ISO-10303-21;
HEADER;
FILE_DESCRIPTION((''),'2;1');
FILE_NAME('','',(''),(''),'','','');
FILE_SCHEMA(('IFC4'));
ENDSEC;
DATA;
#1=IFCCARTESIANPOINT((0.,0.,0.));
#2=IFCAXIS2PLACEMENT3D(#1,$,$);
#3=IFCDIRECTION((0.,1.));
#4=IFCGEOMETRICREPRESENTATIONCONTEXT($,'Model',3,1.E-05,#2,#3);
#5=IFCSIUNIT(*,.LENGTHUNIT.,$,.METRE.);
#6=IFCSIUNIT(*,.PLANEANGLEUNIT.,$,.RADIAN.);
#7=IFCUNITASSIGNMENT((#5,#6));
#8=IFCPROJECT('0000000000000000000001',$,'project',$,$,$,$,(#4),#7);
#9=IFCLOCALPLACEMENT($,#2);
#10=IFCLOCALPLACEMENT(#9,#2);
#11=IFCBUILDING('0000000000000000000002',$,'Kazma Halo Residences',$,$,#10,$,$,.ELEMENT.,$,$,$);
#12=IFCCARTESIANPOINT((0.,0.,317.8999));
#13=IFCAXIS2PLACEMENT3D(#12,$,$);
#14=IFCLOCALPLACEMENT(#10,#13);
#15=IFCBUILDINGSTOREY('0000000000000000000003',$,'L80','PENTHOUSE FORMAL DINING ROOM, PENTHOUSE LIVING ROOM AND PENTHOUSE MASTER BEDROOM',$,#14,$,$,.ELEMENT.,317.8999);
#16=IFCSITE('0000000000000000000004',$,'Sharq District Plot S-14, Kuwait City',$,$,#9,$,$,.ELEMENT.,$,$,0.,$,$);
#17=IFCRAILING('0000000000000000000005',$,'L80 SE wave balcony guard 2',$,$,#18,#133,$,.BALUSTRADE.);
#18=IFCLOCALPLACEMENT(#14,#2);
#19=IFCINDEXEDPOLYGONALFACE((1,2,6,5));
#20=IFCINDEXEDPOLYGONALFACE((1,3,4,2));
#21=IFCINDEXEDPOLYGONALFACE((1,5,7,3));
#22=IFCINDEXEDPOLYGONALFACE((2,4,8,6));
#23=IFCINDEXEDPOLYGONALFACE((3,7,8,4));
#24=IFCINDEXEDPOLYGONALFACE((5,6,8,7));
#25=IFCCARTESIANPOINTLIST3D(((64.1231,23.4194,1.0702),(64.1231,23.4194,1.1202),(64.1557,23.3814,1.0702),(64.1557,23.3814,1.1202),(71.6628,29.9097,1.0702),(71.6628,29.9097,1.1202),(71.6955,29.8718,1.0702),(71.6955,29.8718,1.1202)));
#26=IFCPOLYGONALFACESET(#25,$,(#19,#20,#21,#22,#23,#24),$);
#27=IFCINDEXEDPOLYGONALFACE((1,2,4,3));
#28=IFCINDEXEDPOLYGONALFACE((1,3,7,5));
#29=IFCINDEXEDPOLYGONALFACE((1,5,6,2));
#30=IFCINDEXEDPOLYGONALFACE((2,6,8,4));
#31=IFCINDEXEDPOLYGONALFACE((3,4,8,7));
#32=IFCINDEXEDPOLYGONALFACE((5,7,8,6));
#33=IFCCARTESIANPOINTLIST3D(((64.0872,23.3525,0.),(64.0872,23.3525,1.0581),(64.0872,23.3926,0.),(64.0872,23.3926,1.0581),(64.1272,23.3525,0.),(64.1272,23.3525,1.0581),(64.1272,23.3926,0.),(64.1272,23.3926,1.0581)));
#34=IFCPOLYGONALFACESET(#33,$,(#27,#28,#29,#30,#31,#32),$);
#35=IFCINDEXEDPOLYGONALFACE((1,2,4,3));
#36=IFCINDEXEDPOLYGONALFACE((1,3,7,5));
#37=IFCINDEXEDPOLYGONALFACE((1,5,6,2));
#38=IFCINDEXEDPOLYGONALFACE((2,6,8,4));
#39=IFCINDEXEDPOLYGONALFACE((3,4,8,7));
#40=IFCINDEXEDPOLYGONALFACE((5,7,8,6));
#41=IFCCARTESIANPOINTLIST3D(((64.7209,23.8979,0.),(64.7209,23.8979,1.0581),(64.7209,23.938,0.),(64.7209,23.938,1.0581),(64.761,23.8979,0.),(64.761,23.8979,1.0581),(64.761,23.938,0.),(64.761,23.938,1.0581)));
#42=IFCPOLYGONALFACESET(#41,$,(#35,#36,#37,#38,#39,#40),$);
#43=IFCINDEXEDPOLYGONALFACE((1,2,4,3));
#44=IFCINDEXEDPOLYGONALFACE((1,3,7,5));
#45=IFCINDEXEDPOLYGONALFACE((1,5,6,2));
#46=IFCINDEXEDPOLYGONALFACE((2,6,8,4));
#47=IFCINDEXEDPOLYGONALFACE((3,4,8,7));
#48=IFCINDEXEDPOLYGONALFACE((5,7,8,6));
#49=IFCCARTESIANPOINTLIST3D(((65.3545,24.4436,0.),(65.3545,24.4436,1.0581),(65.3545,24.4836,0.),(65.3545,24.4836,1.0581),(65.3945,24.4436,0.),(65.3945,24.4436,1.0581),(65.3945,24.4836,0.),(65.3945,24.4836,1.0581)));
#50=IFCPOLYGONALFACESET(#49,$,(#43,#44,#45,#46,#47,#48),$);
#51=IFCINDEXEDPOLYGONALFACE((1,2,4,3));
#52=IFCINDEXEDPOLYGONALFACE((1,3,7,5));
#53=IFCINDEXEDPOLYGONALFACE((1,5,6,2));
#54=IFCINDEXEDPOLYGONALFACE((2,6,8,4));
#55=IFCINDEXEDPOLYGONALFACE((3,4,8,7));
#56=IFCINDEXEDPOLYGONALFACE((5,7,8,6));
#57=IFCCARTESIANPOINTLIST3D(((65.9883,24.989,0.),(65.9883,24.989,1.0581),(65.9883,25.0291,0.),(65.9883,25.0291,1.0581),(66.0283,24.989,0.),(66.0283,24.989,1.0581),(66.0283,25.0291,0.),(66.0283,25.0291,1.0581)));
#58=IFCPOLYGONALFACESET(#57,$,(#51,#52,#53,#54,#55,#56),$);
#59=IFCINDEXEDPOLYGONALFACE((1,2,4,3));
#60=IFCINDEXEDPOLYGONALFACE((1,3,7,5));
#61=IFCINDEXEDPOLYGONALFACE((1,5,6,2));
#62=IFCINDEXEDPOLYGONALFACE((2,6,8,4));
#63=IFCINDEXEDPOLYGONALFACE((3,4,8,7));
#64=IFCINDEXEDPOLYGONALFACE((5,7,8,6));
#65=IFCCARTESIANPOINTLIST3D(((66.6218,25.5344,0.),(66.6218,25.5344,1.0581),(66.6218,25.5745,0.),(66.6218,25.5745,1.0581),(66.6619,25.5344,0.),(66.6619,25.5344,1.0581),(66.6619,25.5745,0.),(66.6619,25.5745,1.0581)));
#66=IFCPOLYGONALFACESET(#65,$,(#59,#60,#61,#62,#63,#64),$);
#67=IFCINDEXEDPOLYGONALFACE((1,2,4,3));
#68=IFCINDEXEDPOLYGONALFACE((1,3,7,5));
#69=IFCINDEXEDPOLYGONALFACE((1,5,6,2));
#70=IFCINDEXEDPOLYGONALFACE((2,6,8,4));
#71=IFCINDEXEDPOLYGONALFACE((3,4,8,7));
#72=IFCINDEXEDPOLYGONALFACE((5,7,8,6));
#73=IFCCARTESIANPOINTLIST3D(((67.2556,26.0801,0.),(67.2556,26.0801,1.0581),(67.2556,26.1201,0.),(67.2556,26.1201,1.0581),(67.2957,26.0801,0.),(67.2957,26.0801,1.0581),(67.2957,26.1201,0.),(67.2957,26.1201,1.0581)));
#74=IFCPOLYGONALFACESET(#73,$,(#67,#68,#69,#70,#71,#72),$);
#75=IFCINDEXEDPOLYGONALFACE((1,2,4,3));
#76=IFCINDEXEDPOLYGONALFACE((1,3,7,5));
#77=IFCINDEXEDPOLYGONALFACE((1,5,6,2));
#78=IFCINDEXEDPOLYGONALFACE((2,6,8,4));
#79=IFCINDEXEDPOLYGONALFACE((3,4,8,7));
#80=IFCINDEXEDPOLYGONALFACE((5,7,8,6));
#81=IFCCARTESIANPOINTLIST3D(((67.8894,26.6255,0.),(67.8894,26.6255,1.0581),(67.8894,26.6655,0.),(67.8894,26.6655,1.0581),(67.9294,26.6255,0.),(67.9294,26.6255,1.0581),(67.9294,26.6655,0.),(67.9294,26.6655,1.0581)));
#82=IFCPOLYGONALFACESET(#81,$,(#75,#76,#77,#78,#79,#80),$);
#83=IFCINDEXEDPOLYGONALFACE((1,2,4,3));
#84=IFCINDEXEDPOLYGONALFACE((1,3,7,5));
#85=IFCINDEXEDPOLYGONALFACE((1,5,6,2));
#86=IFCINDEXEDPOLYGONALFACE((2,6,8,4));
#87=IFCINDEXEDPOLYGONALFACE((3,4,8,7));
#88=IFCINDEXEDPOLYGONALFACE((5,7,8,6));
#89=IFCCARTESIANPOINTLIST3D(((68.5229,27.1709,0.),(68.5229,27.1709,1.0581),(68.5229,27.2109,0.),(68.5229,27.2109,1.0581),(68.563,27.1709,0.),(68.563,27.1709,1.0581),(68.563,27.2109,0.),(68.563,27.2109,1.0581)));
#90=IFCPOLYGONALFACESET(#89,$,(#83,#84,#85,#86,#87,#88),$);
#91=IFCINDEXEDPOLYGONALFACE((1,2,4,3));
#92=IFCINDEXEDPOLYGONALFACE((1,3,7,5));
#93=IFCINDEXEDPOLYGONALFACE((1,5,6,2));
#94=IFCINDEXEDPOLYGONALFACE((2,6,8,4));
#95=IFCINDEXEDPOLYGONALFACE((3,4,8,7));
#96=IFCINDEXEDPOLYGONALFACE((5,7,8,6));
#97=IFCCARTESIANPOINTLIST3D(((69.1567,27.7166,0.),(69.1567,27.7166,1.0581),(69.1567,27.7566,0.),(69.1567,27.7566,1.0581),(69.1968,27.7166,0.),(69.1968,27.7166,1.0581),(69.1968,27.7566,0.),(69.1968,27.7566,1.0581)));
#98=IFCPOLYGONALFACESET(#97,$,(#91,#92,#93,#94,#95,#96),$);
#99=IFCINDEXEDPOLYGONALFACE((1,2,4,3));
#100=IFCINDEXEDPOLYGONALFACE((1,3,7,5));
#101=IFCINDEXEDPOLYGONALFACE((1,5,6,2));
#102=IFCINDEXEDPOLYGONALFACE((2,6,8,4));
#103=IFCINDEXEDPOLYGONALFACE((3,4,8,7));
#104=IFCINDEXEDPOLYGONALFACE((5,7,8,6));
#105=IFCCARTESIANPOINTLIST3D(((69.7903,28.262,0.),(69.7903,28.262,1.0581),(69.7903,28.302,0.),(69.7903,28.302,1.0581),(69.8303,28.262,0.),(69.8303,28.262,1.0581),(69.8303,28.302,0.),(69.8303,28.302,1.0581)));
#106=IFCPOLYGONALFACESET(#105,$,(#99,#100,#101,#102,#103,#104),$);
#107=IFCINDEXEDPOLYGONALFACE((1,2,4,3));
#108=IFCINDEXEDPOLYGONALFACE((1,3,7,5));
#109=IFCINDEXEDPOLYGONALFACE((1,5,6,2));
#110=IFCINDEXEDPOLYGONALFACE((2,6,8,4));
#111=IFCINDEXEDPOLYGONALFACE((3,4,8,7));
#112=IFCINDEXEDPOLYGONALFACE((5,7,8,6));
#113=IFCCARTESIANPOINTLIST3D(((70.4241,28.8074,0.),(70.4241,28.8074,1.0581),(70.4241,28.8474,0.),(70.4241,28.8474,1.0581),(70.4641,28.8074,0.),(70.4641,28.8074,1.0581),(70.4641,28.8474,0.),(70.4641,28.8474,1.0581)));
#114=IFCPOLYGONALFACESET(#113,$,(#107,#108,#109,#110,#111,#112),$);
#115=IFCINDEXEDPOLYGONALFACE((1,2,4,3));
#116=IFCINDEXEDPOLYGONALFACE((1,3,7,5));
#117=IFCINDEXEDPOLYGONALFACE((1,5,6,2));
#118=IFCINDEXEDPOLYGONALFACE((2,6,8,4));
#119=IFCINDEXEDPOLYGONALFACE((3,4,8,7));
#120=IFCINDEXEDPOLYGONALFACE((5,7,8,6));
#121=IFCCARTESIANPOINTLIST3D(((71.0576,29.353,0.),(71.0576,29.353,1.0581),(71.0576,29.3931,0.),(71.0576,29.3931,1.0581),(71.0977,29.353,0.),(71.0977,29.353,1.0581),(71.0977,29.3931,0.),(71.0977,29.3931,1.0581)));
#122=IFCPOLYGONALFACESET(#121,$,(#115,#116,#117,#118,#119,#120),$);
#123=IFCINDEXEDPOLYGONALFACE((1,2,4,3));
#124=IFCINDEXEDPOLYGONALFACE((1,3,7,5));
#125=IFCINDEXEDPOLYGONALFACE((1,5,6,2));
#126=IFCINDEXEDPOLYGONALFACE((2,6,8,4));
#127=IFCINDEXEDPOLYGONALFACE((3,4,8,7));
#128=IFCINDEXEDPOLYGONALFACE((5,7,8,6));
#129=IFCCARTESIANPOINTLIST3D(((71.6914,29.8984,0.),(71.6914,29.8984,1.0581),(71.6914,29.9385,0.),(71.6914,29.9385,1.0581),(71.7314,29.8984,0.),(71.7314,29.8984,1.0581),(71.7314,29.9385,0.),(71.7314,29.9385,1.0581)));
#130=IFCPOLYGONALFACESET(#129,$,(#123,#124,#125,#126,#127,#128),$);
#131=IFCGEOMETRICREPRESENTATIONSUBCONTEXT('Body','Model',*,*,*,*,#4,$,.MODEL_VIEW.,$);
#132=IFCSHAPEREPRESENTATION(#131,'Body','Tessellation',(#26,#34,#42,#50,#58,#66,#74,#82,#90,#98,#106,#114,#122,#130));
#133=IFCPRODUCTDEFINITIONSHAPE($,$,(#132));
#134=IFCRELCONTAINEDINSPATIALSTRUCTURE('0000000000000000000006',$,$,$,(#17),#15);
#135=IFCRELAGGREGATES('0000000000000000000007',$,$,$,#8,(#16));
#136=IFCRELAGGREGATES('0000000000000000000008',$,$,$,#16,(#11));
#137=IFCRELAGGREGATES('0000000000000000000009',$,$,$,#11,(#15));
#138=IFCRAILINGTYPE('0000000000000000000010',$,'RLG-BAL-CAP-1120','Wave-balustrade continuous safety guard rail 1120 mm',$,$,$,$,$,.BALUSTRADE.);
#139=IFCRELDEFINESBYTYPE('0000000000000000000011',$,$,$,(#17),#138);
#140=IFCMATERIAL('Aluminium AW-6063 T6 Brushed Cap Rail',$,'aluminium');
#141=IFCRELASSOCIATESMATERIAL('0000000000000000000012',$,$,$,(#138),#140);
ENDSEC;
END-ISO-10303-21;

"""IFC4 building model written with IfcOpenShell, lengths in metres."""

from ifc_helpers import new_model, si_unit, direction, frame, origin, origin_2d, place, context, subcontext, project, spatial, rectangle, extrude, material, type_object, element, save


model = new_model("IFC4")

# Units and contexts
model_context = context("Model", 3, precision=1e-05, world=origin(), true_north=direction((0.0, 1.0)))
body_context = subcontext(model_context, "Body", "Model", "MODEL_VIEW")
ifc_project = project(units=[si_unit("LENGTHUNIT", "METRE"), si_unit("PLANEANGLEUNIT", "RADIAN")], contexts=[model_context])

# Site, building, storey
site_placement = place(None, origin())
site = spatial("IfcSite", under=ifc_project, at=site_placement, Name="Sharq District Plot S-14, Kuwait City", CompositionType="ELEMENT", RefElevation=0.0)
building_placement = place(site_placement, origin())
building = spatial("IfcBuilding", under=site, at=building_placement, Name="Kazma Halo Residences", CompositionType="ELEMENT")
storey_placement = place(building_placement, frame((0.0, 0.0, 317.8999)))
storey = spatial("IfcBuildingStorey", under=building, at=storey_placement, Name="L80", Description="PENTHOUSE FORMAL DINING ROOM, PENTHOUSE LIVING ROOM AND PENTHOUSE MASTER BEDROOM", CompositionType="ELEMENT", Elevation=317.8999)

# Railing
ifc_material_1 = material(Name="Aluminium AW-6063 T6 Brushed Cap Rail", Category="aluminium")
railing_type = type_object("IfcRailingType", Name="RLG-BAL-CAP-1120", Description="Wave-balustrade continuous safety guard rail 1120 mm", PredefinedType="BALUSTRADE", material=ifc_material_1)
railing_1_placement = place(storey_placement, frame((64.1072, 23.3726, 0.0)))
element("IfcRailing", 1, at=railing_1_placement, inside=storey, type_object=railing_type, Name="L80 SE wave balcony guard 2", PredefinedType="BALUSTRADE", context=body_context, shape_type="SweptSolid", body=[
    extrude(rectangle(XDim=0.05, YDim=0.05, at=origin_2d()), frame((0.0322, 0.0278, 1.0952), z_axis=(0.757877, 0.652397, 0.0), x_axis=(-0.652397, 0.757877, 0.0)), (0.0, 0.0, 1.0), 9.9485),
    extrude(rectangle(XDim=0.04, YDim=0.04, at=origin_2d()), origin(), (0.0, 0.0, 1.0), 1.0581),
    extrude(rectangle(XDim=0.04, YDim=0.04, at=origin_2d()), frame((0.6338, 0.5454, 0.0)), (0.0, 0.0, 1.0), 1.0581),
    extrude(rectangle(XDim=0.04, YDim=0.04, at=origin_2d()), frame((1.2673, 1.0911, 0.0)), (0.0, 0.0, 1.0), 1.0581),
    extrude(rectangle(XDim=0.04, YDim=0.04, at=origin_2d()), frame((1.9011, 1.6365, 0.0)), (0.0, 0.0, 1.0), 1.0581),
    extrude(rectangle(XDim=0.04, YDim=0.04, at=origin_2d()), frame((2.5347, 2.1819, 0.0)), (0.0, 0.0, 1.0), 1.0581),
    extrude(rectangle(XDim=0.04, YDim=0.04, at=origin_2d()), frame((3.1685, 2.7275, 0.0)), (0.0, 0.0, 1.0), 1.0581),
    extrude(rectangle(XDim=0.04, YDim=0.04, at=origin_2d()), frame((3.8022, 3.2729, 0.0)), (0.0, 0.0, 1.0), 1.0581),
    extrude(rectangle(XDim=0.04, YDim=0.04, at=origin_2d()), frame((4.4358, 3.8184, 0.0)), (0.0, 0.0, 1.0), 1.0581),
    extrude(rectangle(XDim=0.04, YDim=0.04, at=origin_2d()), frame((5.0696, 4.364, 0.0)), (0.0, 0.0, 1.0), 1.0581),
    extrude(rectangle(XDim=0.04, YDim=0.04, at=origin_2d()), frame((5.7031, 4.9094, 0.0)), (0.0, 0.0, 1.0), 1.0581),
    extrude(rectangle(XDim=0.04, YDim=0.04, at=origin_2d()), frame((6.3369, 5.4548, 0.0)), (0.0, 0.0, 1.0), 1.0581),
    extrude(rectangle(XDim=0.04, YDim=0.04, at=origin_2d()), frame((6.9705, 6.0005, 0.0)), (0.0, 0.0, 1.0), 1.0581),
    extrude(rectangle(XDim=0.04, YDim=0.04, at=origin_2d()), frame((7.6042, 6.5459, 0.0)), (0.0, 0.0, 1.0), 1.0581),
])

save(model, "model.ifc")
